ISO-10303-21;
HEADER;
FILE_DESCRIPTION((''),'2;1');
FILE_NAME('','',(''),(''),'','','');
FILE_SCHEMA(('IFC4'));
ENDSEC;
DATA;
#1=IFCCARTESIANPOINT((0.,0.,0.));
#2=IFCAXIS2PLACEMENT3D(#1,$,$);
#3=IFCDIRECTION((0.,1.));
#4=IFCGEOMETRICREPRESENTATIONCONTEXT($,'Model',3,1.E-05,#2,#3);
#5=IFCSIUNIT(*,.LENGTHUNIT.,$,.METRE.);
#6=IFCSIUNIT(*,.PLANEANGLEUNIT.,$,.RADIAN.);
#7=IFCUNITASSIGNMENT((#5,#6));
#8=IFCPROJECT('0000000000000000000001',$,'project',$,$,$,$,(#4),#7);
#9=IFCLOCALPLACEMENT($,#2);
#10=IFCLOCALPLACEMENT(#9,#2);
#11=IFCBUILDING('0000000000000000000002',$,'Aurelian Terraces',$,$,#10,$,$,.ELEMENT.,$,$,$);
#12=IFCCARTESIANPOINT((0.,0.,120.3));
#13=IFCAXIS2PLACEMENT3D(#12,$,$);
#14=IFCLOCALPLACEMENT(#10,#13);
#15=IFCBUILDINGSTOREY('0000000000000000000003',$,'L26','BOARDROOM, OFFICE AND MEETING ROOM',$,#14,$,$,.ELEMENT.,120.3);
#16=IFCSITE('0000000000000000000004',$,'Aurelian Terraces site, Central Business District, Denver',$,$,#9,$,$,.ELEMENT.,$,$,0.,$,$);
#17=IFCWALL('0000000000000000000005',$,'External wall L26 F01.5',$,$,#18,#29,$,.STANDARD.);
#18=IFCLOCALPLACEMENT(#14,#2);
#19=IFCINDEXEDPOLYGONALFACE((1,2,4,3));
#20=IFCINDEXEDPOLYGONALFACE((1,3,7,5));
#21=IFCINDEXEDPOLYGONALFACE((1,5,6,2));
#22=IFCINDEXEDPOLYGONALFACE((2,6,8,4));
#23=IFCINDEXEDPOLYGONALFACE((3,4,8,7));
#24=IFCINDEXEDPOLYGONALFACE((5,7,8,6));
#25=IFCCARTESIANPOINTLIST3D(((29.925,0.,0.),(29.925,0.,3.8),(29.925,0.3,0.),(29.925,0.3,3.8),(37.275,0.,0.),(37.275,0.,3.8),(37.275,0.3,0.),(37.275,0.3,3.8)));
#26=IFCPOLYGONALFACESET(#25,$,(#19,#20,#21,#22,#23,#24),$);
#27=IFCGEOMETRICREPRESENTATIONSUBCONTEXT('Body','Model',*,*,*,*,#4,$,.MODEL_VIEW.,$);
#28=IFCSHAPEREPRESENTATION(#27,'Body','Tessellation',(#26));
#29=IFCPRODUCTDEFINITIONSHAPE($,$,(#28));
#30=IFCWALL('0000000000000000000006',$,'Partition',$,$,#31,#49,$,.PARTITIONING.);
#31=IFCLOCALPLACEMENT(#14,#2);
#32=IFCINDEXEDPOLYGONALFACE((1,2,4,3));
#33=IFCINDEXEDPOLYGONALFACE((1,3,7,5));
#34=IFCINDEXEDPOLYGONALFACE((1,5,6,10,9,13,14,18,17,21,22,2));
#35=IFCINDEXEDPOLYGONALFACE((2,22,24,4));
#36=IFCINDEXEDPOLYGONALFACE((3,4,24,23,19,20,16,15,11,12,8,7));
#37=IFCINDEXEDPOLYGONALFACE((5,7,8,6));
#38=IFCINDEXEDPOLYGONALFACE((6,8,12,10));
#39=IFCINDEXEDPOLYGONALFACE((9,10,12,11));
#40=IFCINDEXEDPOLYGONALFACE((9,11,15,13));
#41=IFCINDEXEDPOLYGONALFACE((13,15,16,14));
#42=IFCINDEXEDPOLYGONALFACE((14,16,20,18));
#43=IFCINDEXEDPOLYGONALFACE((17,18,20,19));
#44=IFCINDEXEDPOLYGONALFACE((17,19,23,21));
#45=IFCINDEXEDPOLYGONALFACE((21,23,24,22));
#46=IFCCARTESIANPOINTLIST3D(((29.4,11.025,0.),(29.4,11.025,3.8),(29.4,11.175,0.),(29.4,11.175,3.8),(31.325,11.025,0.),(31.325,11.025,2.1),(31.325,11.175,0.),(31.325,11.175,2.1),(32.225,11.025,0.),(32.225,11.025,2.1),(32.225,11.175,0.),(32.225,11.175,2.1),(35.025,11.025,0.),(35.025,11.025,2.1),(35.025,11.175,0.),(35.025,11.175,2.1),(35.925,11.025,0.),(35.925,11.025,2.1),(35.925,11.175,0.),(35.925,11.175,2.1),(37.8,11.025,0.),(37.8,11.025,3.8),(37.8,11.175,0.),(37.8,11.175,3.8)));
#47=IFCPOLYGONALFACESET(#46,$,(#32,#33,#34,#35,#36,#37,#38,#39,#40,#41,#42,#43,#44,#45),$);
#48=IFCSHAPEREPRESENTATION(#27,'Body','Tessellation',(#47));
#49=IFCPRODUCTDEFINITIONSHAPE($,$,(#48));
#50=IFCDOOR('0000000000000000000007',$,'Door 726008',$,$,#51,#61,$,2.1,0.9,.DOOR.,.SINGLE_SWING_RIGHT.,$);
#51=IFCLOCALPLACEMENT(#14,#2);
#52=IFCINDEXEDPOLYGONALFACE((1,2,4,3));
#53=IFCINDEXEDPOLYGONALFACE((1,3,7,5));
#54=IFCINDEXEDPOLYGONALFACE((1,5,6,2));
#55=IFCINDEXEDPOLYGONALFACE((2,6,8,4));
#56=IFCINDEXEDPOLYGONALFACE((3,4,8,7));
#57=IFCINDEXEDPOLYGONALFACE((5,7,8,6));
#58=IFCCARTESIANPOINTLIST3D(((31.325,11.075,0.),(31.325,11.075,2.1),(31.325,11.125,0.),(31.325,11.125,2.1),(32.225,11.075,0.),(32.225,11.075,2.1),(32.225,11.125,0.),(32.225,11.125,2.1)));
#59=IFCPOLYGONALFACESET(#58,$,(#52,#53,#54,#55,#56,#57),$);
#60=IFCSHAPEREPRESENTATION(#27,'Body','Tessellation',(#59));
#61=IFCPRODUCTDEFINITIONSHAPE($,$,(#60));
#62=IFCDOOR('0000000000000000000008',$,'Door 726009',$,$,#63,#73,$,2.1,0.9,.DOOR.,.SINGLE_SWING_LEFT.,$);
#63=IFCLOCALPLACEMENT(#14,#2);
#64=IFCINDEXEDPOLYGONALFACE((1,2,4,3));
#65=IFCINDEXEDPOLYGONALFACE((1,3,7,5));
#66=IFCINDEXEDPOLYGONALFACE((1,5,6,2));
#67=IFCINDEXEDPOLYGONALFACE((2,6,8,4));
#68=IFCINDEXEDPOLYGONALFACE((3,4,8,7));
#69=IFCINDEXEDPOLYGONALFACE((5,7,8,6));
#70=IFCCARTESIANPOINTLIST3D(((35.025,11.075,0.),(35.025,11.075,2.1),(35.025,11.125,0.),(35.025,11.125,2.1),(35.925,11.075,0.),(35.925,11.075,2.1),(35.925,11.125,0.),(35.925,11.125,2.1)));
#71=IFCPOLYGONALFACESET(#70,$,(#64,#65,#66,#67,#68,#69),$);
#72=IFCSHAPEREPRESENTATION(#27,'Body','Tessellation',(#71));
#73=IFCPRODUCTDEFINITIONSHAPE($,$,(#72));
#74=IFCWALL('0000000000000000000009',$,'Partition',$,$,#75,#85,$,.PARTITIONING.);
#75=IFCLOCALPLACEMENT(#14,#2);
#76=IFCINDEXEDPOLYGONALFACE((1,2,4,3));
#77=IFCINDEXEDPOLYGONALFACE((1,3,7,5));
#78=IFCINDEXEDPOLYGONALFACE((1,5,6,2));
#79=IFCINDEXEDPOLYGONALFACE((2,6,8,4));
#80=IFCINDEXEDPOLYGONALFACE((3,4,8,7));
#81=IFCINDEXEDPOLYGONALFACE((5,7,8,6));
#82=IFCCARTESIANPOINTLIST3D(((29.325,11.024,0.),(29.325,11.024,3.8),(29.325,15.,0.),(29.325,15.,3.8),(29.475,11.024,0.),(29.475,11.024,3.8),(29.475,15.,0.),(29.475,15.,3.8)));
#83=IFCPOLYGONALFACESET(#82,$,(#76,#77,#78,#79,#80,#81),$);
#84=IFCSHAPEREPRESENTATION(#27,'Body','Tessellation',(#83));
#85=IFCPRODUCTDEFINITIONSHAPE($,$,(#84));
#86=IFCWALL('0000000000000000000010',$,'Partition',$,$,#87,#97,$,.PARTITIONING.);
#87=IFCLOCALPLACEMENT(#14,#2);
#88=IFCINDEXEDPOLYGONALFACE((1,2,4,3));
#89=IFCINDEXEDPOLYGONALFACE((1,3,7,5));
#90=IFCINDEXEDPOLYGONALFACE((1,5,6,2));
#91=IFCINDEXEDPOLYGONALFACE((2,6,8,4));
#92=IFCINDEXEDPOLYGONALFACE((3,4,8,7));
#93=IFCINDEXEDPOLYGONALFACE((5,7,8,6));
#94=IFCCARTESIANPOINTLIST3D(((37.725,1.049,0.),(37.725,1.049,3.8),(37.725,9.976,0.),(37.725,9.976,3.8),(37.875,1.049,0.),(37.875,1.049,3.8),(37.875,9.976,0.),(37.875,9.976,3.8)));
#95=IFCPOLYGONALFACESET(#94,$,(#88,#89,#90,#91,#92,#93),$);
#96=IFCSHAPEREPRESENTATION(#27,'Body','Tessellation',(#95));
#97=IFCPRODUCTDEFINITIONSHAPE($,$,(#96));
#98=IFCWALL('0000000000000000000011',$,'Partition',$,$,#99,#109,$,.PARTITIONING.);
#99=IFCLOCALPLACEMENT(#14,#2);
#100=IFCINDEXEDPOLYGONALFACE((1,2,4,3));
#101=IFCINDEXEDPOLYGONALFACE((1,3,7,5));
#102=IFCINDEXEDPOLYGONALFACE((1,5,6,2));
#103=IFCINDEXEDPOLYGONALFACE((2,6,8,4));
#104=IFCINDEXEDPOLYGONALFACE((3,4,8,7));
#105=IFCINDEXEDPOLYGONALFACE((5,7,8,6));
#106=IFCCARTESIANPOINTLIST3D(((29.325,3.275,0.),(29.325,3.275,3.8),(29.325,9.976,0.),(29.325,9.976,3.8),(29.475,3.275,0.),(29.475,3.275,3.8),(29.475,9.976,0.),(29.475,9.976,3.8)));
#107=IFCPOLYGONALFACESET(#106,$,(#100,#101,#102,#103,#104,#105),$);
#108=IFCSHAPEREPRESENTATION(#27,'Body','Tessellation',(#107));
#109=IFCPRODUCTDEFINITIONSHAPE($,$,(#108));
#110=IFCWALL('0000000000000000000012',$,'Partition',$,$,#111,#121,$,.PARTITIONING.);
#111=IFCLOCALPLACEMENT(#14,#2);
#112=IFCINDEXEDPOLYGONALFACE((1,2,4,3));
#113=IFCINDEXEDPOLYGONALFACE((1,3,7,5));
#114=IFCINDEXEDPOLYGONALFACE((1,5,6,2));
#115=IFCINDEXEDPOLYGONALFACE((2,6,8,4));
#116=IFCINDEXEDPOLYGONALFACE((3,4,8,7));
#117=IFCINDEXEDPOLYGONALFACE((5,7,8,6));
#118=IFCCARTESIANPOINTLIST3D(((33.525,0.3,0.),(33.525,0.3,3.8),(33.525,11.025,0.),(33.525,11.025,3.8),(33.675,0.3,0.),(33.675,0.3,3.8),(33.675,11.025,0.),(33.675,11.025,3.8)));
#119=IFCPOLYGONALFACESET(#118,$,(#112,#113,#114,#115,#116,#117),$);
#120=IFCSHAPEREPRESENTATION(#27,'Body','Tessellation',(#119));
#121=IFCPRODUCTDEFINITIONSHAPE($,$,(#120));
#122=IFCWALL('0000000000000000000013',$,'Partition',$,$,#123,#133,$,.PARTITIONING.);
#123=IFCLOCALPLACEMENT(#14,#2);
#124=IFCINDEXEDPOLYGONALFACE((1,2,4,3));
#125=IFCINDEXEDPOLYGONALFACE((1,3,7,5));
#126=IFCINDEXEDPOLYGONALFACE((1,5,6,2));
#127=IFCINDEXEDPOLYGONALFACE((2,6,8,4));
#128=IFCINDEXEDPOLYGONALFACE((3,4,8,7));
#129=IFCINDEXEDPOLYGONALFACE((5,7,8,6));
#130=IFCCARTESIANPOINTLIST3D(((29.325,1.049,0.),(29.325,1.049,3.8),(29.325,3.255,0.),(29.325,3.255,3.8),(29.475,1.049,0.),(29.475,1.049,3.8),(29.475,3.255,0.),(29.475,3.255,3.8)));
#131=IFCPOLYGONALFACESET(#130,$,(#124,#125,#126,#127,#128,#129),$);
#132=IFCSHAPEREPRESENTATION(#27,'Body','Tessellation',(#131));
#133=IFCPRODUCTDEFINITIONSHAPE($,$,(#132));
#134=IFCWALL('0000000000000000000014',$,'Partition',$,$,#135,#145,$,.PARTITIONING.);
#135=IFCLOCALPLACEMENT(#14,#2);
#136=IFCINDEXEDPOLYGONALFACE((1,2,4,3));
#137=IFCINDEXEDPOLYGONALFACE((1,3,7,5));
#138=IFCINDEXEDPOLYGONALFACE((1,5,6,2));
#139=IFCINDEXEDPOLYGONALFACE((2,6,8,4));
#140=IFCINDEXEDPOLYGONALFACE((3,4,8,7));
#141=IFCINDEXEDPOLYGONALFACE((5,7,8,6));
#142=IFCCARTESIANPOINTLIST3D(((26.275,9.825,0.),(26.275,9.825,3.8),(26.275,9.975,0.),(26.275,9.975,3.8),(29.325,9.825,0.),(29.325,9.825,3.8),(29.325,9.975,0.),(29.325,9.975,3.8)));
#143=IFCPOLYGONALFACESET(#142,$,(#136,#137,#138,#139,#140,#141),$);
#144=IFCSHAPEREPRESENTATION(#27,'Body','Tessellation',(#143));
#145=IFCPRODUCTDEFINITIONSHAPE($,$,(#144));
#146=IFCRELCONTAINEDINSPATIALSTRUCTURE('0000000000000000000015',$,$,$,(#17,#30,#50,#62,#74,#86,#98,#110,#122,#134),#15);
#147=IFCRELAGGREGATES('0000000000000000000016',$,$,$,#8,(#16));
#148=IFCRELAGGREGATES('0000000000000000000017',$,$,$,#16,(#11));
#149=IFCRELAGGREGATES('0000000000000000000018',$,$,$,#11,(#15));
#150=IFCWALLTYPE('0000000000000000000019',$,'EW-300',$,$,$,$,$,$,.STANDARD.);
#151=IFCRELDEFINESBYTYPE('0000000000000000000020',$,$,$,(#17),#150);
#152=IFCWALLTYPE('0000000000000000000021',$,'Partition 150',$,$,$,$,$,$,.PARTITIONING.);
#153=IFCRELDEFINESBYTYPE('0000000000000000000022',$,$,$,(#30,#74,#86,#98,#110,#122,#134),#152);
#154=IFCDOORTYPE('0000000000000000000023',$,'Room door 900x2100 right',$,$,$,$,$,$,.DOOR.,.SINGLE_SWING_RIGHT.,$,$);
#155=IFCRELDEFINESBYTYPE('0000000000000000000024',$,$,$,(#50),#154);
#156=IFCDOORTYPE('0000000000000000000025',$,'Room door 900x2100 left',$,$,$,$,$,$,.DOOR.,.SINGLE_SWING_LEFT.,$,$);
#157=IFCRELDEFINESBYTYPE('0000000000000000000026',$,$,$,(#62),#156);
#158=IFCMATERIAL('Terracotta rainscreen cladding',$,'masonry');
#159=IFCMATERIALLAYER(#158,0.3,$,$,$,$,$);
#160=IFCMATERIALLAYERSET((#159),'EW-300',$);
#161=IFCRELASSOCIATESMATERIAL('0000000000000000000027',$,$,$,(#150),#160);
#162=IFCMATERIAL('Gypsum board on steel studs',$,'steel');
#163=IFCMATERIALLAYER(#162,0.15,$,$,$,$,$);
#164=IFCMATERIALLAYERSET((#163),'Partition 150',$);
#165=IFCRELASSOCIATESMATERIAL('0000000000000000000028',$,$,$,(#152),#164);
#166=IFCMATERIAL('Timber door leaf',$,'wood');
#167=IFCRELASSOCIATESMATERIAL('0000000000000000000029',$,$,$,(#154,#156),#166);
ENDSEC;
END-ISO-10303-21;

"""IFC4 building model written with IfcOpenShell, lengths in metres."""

from ifc_helpers import new_model, si_unit, direction, frame, frame_2d, origin, place, context, subcontext, project, spatial, rectangle, extrude, source, transform, mapped, material, layer, layer_set, type_object, element, fill, save


model = new_model("IFC4")

# Units and contexts
model_context = context("Model", 3, precision=1e-05, world=origin(), true_north=direction((0.0, 1.0)))
body_context = subcontext(model_context, "Body", "Model", "MODEL_VIEW")
ifc_project = project(units=[si_unit("LENGTHUNIT", "METRE"), si_unit("PLANEANGLEUNIT", "RADIAN")], contexts=[model_context])

# Site, building, storey
site_placement = place(None, origin())
site = spatial("IfcSite", under=ifc_project, at=site_placement, Name="Aurelian Terraces site, Central Business District, Denver", CompositionType="ELEMENT", RefElevation=0.0)
building_placement = place(site_placement, origin())
building = spatial("IfcBuilding", under=site, at=building_placement, Name="Aurelian Terraces", CompositionType="ELEMENT")
storey_placement = place(building_placement, frame((0.0, 0.0, 120.3)))
storey = spatial("IfcBuildingStorey", under=building, at=storey_placement, Name="L26", Description="BOARDROOM, OFFICE AND MEETING ROOM", CompositionType="ELEMENT", Elevation=120.3)

# Shared definitions
ifc_material_1 = material(Name="Terracotta rainscreen cladding", Category="masonry")
ifc_layer_1 = layer(ifc_material_1, 0.3)
ifc_layer_set_1 = layer_set([ifc_layer_1], Name="EW-300")
wall_type_1 = type_object("IfcWallType", Name="EW-300", PredefinedType="STANDARD", material=ifc_layer_set_1)
shared_shape_1 = source(origin(), body_context, "Body", "SweptSolid", [
    extrude(rectangle(XDim=7.35, YDim=0.3, at=frame_2d((3.675, 0.0))), origin(), (0.0, 0.0, 1.0), 3.8),
])

# Wall
wall_1_placement = place(storey_placement, frame((29.925, 0.15, 0.0), z_axis=(0.0, 0.0, 1.0), x_axis=(1.0, 0.0, 0.0)))
element("IfcWall", 1, at=wall_1_placement, inside=storey, type_object=wall_type_1, Name="External wall L26 F01.5", PredefinedType="STANDARD", context=body_context, shape_type="MappedRepresentation", body=[
    mapped(shared_shape_1, transform((0.0, 0.0, 0.0), scale=1.0)),
])

# Wall, openings, doors
ifc_material_2 = material(Name="Gypsum board on steel studs", Category="steel")
ifc_layer_2 = layer(ifc_material_2, 0.15)
ifc_layer_set_2 = layer_set([ifc_layer_2], Name="Partition 150")
wall_type_2 = type_object("IfcWallType", Name="Partition 150", PredefinedType="PARTITIONING", material=ifc_layer_set_2)
shared_shape_2 = source(origin(), body_context, "Body", "SweptSolid", [
    extrude(rectangle(XDim=8.4, YDim=0.15, at=frame_2d((4.2, 0.0))), origin(), (0.0, 0.0, 1.0), 3.8),
])
wall_2_placement = place(storey_placement, frame((37.8, 11.1, 0.0), z_axis=(0.0, 0.0, 1.0), x_axis=(-1.0, 0.0, 0.0)))
wall_2 = element("IfcWall", 2, at=wall_2_placement, inside=storey, type_object=wall_type_2, Name="Partition", PredefinedType="PARTITIONING", context=body_context, shape_type="MappedRepresentation", body=[
    mapped(shared_shape_2, transform((0.0, 0.0, 0.0), scale=1.0)),
])
shared_shape_3 = source(origin(), body_context, "Body", "SweptSolid", [
    extrude(rectangle(XDim=0.9, YDim=2.1, at=frame_2d((0.45, 1.05))), frame((0.0, 0.085, 0.0), z_axis=(0.0, -1.0, 0.0), x_axis=(1.0, 0.0, 0.0)), (0.0, 0.0, 1.0), 0.17),
])
opening_1_placement = place(wall_2_placement, frame((5.575, 0.0, 0.0)))
opening_1 = element("IfcOpeningElement", 3, at=opening_1_placement, cuts=wall_2, PredefinedType="OPENING", context=body_context, shape_type="MappedRepresentation", body=[
    mapped(shared_shape_3, transform((0.0, 0.0, 0.0), scale=1.0)),
])
opening_2_placement = place(wall_2_placement, frame((1.875, 0.0, 0.0)))
opening_2 = element("IfcOpeningElement", 4, at=opening_2_placement, cuts=wall_2, PredefinedType="OPENING", context=body_context, shape_type="MappedRepresentation", body=[
    mapped(shared_shape_3, transform((0.0, 0.0, 0.0), scale=1.0)),
])
ifc_material_3 = material(Name="Timber door leaf", Category="wood")
door_type_1 = type_object("IfcDoorType", Name="Room door 900x2100 right", OperationType="SINGLE_SWING_RIGHT", PredefinedType="DOOR", material=ifc_material_3)
shared_shape_4 = source(origin(), body_context, "Body", "SweptSolid", [
    extrude(rectangle(XDim=0.9, YDim=2.1, at=frame_2d((0.45, 1.05))), frame((0.0, 0.025, 0.0), z_axis=(0.0, -1.0, 0.0), x_axis=(1.0, 0.0, 0.0)), (0.0, 0.0, 1.0), 0.05),
])
door_1_placement = place(opening_1_placement, origin())
door_1 = element("IfcDoor", 5, at=door_1_placement, inside=storey, type_object=door_type_1, Name="Door 726008", OperationType="SINGLE_SWING_RIGHT", OverallHeight=2.1, OverallWidth=0.9, PredefinedType="DOOR", context=body_context, shape_type="MappedRepresentation", body=[
    mapped(shared_shape_4, transform((0.0, 0.0, 0.0), scale=1.0)),
])
fill(opening_1, door_1)
door_type_2 = type_object("IfcDoorType", Name="Room door 900x2100 left", OperationType="SINGLE_SWING_LEFT", PredefinedType="DOOR", material=ifc_material_3)
door_2_placement = place(opening_2_placement, origin())
door_2 = element("IfcDoor", 6, at=door_2_placement, inside=storey, type_object=door_type_2, Name="Door 726009", OperationType="SINGLE_SWING_LEFT", OverallHeight=2.1, OverallWidth=0.9, PredefinedType="DOOR", context=body_context, shape_type="MappedRepresentation", body=[
    mapped(shared_shape_4, transform((0.0, 0.0, 0.0), scale=1.0)),
])
fill(opening_2, door_2)

# Walls
shared_shape_5 = source(origin(), body_context, "Body", "SweptSolid", [
    extrude(rectangle(XDim=3.976, YDim=0.15, at=frame_2d((1.988, 0.0))), origin(), (0.0, 0.0, 1.0), 3.8),
])
wall_3_placement = place(storey_placement, frame((29.4, 11.024, 0.0), z_axis=(0.0, 0.0, 1.0), x_axis=(0.0, 1.0, 0.0)))
element("IfcWall", 7, at=wall_3_placement, inside=storey, type_object=wall_type_2, Name="Partition", PredefinedType="PARTITIONING", context=body_context, shape_type="MappedRepresentation", body=[
    mapped(shared_shape_5, transform((0.0, 0.0, 0.0), scale=1.0)),
])
shared_shape_6 = source(origin(), body_context, "Body", "SweptSolid", [
    extrude(rectangle(XDim=8.927, YDim=0.15, at=frame_2d((4.4635, 0.0))), origin(), (0.0, 0.0, 1.0), 3.8),
])
wall_4_placement = place(storey_placement, frame((37.8, 1.049, 0.0), z_axis=(0.0, 0.0, 1.0), x_axis=(0.0, 1.0, 0.0)))
element("IfcWall", 8, at=wall_4_placement, inside=storey, type_object=wall_type_2, Name="Partition", PredefinedType="PARTITIONING", context=body_context, shape_type="MappedRepresentation", body=[
    mapped(shared_shape_6, transform((0.0, 0.0, 0.0), scale=1.0)),
])
shared_shape_7 = source(origin(), body_context, "Body", "SweptSolid", [
    extrude(rectangle(XDim=6.701, YDim=0.15, at=frame_2d((3.3505, 0.0))), origin(), (0.0, 0.0, 1.0), 3.8),
])
wall_5_placement = place(storey_placement, frame((29.4, 3.275, 0.0), z_axis=(0.0, 0.0, 1.0), x_axis=(0.0, 1.0, 0.0)))
element("IfcWall", 9, at=wall_5_placement, inside=storey, type_object=wall_type_2, Name="Partition", PredefinedType="PARTITIONING", context=body_context, shape_type="MappedRepresentation", body=[
    mapped(shared_shape_7, transform((0.0, 0.0, 0.0), scale=1.0)),
])
shared_shape_8 = source(origin(), body_context, "Body", "SweptSolid", [
    extrude(rectangle(XDim=10.725, YDim=0.15, at=frame_2d((5.3625, 0.0))), origin(), (0.0, 0.0, 1.0), 3.8),
])
wall_6_placement = place(storey_placement, frame((33.6, 0.3, 0.0), z_axis=(0.0, 0.0, 1.0), x_axis=(0.0, 1.0, 0.0)))
element("IfcWall", 10, at=wall_6_placement, inside=storey, type_object=wall_type_2, Name="Partition", PredefinedType="PARTITIONING", context=body_context, shape_type="MappedRepresentation", body=[
    mapped(shared_shape_8, transform((0.0, 0.0, 0.0), scale=1.0)),
])
shared_shape_9 = source(origin(), body_context, "Body", "SweptSolid", [
    extrude(rectangle(XDim=2.206, YDim=0.15, at=frame_2d((1.103, 0.0))), origin(), (0.0, 0.0, 1.0), 3.8),
])
wall_7_placement = place(storey_placement, frame((29.4, 1.049, 0.0), z_axis=(0.0, 0.0, 1.0), x_axis=(0.0, 1.0, 0.0)))
element("IfcWall", 11, at=wall_7_placement, inside=storey, type_object=wall_type_2, Name="Partition", PredefinedType="PARTITIONING", context=body_context, shape_type="MappedRepresentation", body=[
    mapped(shared_shape_9, transform((0.0, 0.0, 0.0), scale=1.0)),
])
shared_shape_10 = source(origin(), body_context, "Body", "SweptSolid", [
    extrude(rectangle(XDim=3.05, YDim=0.15, at=frame_2d((1.525, 0.0))), origin(), (0.0, 0.0, 1.0), 3.8),
])
wall_8_placement = place(storey_placement, frame((29.325, 9.9, 0.0), z_axis=(0.0, 0.0, 1.0), x_axis=(-1.0, 0.0, 0.0)))
element("IfcWall", 12, at=wall_8_placement, inside=storey, type_object=wall_type_2, Name="Partition", PredefinedType="PARTITIONING", context=body_context, shape_type="MappedRepresentation", body=[
    mapped(shared_shape_10, transform((0.0, 0.0, 0.0), scale=1.0)),
])

save(model, "model.ifc")
